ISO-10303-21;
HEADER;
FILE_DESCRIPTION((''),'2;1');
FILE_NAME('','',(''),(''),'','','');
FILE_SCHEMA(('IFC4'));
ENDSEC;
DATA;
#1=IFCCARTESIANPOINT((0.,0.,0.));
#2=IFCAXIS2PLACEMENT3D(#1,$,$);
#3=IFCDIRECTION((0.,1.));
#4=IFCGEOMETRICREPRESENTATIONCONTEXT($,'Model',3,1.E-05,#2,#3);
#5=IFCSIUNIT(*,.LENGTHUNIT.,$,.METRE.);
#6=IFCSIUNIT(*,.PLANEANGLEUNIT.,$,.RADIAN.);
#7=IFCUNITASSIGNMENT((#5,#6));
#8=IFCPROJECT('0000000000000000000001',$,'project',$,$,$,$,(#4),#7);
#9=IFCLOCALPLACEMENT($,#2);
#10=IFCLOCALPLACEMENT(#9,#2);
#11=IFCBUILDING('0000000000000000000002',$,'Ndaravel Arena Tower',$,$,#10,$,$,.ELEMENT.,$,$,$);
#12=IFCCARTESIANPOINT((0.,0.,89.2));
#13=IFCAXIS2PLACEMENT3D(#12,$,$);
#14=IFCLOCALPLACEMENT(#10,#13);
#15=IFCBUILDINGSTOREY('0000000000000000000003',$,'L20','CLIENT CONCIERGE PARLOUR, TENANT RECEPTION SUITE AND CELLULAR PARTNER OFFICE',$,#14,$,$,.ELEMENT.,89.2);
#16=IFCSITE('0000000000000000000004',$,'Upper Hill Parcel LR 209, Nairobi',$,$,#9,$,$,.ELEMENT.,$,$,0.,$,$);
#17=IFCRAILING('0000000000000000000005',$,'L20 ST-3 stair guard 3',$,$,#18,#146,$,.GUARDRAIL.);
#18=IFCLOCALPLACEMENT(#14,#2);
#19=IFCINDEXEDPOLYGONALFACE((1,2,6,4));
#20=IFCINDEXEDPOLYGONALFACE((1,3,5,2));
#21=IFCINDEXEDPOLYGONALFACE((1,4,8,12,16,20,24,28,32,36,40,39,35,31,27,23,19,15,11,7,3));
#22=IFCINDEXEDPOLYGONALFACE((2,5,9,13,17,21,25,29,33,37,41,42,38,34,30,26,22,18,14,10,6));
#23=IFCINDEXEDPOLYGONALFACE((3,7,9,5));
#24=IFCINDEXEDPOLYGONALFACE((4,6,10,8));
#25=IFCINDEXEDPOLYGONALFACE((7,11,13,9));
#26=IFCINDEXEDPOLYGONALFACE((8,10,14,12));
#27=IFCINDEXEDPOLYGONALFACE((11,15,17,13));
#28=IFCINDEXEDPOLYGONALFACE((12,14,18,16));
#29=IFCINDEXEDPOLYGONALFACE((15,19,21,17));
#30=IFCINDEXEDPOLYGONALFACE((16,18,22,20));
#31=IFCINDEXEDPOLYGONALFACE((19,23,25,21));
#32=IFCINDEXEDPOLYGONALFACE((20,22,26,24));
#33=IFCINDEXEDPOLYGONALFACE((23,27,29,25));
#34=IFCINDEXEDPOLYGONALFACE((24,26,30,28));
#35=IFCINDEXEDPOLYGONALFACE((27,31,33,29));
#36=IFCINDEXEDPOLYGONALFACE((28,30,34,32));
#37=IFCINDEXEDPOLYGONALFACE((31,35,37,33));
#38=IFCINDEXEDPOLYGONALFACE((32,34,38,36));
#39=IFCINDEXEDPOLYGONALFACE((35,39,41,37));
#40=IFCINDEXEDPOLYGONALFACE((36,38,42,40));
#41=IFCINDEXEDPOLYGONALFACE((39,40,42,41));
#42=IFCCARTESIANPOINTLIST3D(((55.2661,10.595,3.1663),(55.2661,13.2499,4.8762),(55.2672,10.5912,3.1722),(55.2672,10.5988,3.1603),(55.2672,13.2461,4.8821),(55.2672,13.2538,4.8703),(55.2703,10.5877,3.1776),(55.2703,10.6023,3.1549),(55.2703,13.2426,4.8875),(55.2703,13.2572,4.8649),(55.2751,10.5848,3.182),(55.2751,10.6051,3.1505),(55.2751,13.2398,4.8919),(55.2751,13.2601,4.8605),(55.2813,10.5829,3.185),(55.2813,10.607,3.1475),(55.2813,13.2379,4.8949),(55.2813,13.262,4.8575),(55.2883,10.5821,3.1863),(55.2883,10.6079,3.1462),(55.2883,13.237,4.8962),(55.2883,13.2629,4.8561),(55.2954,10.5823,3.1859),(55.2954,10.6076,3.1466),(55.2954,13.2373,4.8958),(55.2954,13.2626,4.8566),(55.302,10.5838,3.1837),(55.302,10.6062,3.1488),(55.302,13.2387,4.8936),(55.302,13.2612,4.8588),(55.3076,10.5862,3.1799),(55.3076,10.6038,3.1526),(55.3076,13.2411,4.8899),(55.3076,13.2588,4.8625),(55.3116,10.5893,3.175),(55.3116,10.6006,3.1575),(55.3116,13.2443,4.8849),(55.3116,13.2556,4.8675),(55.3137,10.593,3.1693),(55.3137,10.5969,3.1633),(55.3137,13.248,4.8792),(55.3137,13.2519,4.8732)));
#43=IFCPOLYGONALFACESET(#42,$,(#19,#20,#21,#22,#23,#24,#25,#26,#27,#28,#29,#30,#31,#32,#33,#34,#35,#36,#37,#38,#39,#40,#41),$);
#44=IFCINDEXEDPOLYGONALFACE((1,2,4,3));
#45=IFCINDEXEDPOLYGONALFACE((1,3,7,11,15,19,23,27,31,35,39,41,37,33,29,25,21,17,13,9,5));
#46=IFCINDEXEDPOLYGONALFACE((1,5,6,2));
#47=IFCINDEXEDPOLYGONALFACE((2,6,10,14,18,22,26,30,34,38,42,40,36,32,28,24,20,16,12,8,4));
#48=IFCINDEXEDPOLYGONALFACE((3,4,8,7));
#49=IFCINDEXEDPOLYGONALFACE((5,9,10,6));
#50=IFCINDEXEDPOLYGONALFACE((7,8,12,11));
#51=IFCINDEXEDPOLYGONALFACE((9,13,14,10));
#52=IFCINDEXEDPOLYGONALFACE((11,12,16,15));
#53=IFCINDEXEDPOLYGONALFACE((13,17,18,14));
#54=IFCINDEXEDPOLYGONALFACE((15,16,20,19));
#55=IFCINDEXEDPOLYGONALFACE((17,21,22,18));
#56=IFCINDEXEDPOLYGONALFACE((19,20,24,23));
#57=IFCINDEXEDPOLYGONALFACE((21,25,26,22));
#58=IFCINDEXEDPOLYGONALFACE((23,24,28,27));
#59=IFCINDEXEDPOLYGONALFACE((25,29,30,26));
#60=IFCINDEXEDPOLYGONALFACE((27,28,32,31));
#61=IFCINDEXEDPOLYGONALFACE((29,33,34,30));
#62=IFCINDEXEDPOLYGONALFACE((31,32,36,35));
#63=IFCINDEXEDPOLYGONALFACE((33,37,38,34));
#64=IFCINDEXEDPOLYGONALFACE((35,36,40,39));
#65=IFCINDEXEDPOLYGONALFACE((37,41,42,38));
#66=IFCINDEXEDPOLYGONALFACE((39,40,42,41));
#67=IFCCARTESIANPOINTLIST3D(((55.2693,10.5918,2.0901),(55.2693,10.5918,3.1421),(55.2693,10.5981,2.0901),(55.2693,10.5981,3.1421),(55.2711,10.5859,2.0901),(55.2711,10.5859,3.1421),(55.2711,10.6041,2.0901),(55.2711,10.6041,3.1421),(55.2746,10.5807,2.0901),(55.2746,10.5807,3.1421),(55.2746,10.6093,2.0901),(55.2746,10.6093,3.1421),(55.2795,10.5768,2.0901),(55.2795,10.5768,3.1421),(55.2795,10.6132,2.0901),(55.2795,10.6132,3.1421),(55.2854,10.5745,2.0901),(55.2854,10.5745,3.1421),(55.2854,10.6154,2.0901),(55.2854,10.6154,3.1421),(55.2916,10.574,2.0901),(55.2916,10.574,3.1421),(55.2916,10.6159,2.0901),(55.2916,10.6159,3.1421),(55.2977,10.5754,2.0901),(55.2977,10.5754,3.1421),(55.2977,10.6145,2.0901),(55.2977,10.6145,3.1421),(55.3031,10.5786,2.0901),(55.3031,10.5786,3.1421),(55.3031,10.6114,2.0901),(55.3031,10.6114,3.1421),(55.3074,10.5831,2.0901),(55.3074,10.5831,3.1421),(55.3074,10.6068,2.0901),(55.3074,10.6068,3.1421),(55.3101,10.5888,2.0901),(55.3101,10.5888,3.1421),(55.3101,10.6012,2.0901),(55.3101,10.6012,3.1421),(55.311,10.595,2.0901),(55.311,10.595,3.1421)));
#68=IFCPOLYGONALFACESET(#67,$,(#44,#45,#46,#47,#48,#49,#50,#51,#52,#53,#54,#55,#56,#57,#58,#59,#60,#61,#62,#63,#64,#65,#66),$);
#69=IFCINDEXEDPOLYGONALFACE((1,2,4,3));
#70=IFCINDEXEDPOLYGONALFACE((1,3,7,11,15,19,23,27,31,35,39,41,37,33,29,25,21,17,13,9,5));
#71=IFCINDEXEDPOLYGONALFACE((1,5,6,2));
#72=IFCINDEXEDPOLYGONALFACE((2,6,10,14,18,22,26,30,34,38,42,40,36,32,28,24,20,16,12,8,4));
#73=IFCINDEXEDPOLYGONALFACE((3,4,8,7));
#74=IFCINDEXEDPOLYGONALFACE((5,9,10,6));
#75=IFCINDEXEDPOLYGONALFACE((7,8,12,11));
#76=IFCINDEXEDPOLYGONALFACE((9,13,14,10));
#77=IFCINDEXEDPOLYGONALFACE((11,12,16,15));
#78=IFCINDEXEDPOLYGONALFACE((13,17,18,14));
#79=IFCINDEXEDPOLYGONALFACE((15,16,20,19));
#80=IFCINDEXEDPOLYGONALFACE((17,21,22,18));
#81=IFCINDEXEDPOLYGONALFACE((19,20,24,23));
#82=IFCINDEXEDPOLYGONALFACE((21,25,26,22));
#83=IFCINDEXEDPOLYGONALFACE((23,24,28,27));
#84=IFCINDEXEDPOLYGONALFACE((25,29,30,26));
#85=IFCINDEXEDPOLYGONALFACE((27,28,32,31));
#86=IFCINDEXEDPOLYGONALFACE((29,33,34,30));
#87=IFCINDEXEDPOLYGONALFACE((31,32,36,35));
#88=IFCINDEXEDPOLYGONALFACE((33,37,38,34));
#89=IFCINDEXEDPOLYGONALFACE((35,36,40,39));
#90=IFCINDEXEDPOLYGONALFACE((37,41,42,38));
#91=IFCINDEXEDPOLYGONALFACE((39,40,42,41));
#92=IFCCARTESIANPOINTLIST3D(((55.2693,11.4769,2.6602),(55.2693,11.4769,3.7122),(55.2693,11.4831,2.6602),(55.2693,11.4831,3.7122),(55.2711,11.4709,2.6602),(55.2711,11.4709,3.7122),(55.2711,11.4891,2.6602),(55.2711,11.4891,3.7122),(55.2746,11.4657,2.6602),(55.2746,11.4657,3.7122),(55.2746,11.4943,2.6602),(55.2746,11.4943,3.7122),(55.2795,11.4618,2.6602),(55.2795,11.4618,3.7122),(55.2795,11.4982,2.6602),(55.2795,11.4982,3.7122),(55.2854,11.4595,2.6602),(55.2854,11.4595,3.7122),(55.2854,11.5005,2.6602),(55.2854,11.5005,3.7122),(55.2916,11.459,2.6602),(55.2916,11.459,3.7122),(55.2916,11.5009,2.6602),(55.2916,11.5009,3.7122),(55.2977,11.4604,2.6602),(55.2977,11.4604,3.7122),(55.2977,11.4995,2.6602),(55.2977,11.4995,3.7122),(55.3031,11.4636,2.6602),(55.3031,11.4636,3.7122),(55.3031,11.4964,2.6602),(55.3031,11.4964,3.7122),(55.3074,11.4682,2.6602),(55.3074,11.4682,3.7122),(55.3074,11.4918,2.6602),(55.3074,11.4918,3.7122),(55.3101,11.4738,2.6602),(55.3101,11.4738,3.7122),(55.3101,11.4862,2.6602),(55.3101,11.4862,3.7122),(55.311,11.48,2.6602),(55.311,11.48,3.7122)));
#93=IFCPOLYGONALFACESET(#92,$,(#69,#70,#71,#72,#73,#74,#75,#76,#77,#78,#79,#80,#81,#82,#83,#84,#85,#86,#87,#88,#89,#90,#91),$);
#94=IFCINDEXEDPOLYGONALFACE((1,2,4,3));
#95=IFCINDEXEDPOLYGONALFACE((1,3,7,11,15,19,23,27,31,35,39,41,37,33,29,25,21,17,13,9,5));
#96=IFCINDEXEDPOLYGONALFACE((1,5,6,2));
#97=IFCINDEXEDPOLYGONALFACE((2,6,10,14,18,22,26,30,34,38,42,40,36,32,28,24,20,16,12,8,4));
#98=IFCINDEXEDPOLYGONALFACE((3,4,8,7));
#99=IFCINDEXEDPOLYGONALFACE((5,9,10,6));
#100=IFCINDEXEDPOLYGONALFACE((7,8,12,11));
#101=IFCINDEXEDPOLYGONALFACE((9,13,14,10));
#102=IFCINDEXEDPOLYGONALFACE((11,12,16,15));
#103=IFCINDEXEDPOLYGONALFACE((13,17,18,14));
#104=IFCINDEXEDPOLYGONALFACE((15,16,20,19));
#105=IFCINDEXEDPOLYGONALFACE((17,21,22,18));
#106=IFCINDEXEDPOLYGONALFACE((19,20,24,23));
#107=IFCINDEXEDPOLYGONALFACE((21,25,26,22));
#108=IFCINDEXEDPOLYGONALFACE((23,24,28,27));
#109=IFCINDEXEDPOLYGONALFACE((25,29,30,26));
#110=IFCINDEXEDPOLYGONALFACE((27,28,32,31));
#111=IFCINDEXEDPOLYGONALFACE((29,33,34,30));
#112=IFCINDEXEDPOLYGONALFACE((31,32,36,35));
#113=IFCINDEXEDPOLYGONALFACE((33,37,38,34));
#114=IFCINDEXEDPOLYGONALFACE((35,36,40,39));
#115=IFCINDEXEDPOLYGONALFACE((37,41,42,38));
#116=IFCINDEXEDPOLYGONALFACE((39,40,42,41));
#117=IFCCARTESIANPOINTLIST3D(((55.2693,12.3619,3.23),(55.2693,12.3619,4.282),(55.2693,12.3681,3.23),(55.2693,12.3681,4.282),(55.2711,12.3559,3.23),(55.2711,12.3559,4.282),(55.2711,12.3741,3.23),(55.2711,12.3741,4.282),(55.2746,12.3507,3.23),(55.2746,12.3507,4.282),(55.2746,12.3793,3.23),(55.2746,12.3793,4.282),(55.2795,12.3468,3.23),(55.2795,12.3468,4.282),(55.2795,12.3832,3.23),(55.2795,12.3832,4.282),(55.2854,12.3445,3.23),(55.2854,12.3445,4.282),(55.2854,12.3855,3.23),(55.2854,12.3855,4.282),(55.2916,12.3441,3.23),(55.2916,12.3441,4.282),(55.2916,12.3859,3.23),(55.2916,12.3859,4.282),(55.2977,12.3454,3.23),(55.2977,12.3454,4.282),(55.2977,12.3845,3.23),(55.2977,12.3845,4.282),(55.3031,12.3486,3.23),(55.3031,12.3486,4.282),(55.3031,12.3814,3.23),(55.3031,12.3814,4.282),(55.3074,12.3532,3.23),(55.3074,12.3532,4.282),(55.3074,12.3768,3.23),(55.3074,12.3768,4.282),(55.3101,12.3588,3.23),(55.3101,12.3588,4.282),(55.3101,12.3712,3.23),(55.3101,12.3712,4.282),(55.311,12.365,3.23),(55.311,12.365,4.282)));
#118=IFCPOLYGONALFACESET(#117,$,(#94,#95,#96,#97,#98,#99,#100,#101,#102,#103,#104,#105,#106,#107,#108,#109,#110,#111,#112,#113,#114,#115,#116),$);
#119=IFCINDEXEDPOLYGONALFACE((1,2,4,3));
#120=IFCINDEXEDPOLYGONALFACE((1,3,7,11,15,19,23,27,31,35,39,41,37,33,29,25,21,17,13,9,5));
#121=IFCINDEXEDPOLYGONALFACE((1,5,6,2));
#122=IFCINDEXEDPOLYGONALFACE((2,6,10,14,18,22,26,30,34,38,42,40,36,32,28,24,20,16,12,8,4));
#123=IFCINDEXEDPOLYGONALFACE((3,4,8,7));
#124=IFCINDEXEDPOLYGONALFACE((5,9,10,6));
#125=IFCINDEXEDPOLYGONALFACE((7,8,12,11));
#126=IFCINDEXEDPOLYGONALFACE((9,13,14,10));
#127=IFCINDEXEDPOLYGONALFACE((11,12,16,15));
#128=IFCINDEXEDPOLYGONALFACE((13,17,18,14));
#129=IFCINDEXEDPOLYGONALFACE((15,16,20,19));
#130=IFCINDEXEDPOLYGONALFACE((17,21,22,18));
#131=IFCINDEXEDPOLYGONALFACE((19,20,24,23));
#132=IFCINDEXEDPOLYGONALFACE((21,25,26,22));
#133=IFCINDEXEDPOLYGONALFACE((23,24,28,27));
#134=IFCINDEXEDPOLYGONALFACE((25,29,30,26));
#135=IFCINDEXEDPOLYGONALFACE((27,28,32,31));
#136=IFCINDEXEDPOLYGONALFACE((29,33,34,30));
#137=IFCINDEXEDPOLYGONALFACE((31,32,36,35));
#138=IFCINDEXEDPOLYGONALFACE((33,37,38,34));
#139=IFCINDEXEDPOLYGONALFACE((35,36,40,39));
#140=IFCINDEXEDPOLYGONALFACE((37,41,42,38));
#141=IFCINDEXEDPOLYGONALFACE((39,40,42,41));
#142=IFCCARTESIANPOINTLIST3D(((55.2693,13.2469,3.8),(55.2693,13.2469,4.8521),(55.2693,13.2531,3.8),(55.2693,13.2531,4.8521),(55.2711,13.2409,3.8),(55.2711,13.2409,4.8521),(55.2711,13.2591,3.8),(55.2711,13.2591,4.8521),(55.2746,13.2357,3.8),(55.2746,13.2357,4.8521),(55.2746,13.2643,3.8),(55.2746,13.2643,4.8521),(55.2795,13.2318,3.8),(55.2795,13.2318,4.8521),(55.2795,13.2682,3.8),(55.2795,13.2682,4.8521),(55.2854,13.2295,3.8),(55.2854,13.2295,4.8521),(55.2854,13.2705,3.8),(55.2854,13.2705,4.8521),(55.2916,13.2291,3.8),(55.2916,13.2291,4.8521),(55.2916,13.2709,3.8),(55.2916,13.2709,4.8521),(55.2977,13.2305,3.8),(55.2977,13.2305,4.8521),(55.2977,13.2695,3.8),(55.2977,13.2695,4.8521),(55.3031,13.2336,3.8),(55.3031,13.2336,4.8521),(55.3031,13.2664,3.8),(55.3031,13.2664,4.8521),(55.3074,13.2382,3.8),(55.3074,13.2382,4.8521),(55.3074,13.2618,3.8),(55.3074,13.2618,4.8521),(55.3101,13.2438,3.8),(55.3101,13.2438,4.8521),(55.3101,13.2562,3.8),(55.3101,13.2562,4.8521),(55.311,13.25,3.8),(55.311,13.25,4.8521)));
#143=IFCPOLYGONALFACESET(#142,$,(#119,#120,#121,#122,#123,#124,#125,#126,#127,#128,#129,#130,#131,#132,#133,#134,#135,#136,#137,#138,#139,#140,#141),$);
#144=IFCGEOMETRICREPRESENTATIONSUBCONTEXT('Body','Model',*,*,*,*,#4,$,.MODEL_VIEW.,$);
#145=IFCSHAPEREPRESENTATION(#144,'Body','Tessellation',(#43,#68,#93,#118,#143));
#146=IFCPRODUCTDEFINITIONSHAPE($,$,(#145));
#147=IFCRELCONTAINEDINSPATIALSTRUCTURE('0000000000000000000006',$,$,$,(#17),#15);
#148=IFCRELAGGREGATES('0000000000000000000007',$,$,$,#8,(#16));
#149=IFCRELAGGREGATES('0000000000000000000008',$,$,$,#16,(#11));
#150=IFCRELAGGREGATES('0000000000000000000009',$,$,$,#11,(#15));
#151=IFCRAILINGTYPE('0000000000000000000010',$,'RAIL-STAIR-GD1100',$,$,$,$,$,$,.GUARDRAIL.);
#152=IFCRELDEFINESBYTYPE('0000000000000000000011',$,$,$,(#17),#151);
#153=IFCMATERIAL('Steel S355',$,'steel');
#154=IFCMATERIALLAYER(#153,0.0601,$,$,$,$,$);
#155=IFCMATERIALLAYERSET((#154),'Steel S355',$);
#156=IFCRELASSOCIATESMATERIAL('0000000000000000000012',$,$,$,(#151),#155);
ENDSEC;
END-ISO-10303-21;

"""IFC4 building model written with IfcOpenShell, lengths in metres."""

from ifc_helpers import new_model, si_unit, direction, frame, origin, origin_2d, place, context, subcontext, project, spatial, circle, extrude, material, layer, layer_set, type_object, element, save


model = new_model("IFC4")

# Units and contexts
model_context = context("Model", 3, precision=1e-05, world=origin(), true_north=direction((0.0, 1.0)))
body_context = subcontext(model_context, "Body", "Model", "MODEL_VIEW")
ifc_project = project(units=[si_unit("LENGTHUNIT", "METRE"), si_unit("PLANEANGLEUNIT", "RADIAN")], contexts=[model_context])

# Site, building, storey
site_placement = place(None, origin())
site = spatial("IfcSite", under=ifc_project, at=site_placement, Name="Upper Hill Parcel LR 209, Nairobi", CompositionType="ELEMENT", RefElevation=0.0)
building_placement = place(site_placement, origin())
building = spatial("IfcBuilding", under=site, at=building_placement, Name="Ndaravel Arena Tower", CompositionType="ELEMENT")
storey_placement = place(building_placement, frame((0.0, 0.0, 89.2)))
storey = spatial("IfcBuildingStorey", under=building, at=storey_placement, Name="L20", Description="CLIENT CONCIERGE PARLOUR, TENANT RECEPTION SUITE AND CELLULAR PARTNER OFFICE", CompositionType="ELEMENT", Elevation=89.2)

# Railing
ifc_material_1 = material(Name="Steel S355", Category="steel")
ifc_layer_1 = layer(ifc_material_1, 0.0601)
ifc_layer_set_1 = layer_set([ifc_layer_1], Name="Steel S355")
railing_type_1 = type_object("IfcRailingType", Name="RAIL-STAIR-GD1100", PredefinedType="GUARDRAIL", material=ifc_layer_set_1)
railing_1_placement = place(storey_placement, frame((55.29, 10.595, 2.0901)))
element("IfcRailing", 1, at=railing_1_placement, inside=storey, type_object=railing_type_1, Name="L20 ST-3 stair guard 3", PredefinedType="GUARDRAIL", context=body_context, shape_type="SweptSolid", body=[
    extrude(circle(Radius=0.0239, at=origin_2d()), frame((0.0, 0.0, 1.0762), z_axis=(0.0, 0.840724, 0.541465), x_axis=(-1.0, 0.0, 0.0)), (0.0, 0.0, 1.0), 3.158),
    extrude(circle(Radius=0.021, at=origin_2d()), origin(), (0.0, 0.0, 1.0), 1.052),
    extrude(circle(Radius=0.021, at=origin_2d()), frame((0.0, 0.885, 0.5701)), (0.0, 0.0, 1.0), 1.052),
    extrude(circle(Radius=0.021, at=origin_2d()), frame((0.0, 1.77, 1.1399)), (0.0, 0.0, 1.0), 1.052),
    extrude(circle(Radius=0.021, at=origin_2d()), frame((0.0, 2.655, 1.71)), (0.0, 0.0, 1.0), 1.052),
])

save(model, "model.ifc")
